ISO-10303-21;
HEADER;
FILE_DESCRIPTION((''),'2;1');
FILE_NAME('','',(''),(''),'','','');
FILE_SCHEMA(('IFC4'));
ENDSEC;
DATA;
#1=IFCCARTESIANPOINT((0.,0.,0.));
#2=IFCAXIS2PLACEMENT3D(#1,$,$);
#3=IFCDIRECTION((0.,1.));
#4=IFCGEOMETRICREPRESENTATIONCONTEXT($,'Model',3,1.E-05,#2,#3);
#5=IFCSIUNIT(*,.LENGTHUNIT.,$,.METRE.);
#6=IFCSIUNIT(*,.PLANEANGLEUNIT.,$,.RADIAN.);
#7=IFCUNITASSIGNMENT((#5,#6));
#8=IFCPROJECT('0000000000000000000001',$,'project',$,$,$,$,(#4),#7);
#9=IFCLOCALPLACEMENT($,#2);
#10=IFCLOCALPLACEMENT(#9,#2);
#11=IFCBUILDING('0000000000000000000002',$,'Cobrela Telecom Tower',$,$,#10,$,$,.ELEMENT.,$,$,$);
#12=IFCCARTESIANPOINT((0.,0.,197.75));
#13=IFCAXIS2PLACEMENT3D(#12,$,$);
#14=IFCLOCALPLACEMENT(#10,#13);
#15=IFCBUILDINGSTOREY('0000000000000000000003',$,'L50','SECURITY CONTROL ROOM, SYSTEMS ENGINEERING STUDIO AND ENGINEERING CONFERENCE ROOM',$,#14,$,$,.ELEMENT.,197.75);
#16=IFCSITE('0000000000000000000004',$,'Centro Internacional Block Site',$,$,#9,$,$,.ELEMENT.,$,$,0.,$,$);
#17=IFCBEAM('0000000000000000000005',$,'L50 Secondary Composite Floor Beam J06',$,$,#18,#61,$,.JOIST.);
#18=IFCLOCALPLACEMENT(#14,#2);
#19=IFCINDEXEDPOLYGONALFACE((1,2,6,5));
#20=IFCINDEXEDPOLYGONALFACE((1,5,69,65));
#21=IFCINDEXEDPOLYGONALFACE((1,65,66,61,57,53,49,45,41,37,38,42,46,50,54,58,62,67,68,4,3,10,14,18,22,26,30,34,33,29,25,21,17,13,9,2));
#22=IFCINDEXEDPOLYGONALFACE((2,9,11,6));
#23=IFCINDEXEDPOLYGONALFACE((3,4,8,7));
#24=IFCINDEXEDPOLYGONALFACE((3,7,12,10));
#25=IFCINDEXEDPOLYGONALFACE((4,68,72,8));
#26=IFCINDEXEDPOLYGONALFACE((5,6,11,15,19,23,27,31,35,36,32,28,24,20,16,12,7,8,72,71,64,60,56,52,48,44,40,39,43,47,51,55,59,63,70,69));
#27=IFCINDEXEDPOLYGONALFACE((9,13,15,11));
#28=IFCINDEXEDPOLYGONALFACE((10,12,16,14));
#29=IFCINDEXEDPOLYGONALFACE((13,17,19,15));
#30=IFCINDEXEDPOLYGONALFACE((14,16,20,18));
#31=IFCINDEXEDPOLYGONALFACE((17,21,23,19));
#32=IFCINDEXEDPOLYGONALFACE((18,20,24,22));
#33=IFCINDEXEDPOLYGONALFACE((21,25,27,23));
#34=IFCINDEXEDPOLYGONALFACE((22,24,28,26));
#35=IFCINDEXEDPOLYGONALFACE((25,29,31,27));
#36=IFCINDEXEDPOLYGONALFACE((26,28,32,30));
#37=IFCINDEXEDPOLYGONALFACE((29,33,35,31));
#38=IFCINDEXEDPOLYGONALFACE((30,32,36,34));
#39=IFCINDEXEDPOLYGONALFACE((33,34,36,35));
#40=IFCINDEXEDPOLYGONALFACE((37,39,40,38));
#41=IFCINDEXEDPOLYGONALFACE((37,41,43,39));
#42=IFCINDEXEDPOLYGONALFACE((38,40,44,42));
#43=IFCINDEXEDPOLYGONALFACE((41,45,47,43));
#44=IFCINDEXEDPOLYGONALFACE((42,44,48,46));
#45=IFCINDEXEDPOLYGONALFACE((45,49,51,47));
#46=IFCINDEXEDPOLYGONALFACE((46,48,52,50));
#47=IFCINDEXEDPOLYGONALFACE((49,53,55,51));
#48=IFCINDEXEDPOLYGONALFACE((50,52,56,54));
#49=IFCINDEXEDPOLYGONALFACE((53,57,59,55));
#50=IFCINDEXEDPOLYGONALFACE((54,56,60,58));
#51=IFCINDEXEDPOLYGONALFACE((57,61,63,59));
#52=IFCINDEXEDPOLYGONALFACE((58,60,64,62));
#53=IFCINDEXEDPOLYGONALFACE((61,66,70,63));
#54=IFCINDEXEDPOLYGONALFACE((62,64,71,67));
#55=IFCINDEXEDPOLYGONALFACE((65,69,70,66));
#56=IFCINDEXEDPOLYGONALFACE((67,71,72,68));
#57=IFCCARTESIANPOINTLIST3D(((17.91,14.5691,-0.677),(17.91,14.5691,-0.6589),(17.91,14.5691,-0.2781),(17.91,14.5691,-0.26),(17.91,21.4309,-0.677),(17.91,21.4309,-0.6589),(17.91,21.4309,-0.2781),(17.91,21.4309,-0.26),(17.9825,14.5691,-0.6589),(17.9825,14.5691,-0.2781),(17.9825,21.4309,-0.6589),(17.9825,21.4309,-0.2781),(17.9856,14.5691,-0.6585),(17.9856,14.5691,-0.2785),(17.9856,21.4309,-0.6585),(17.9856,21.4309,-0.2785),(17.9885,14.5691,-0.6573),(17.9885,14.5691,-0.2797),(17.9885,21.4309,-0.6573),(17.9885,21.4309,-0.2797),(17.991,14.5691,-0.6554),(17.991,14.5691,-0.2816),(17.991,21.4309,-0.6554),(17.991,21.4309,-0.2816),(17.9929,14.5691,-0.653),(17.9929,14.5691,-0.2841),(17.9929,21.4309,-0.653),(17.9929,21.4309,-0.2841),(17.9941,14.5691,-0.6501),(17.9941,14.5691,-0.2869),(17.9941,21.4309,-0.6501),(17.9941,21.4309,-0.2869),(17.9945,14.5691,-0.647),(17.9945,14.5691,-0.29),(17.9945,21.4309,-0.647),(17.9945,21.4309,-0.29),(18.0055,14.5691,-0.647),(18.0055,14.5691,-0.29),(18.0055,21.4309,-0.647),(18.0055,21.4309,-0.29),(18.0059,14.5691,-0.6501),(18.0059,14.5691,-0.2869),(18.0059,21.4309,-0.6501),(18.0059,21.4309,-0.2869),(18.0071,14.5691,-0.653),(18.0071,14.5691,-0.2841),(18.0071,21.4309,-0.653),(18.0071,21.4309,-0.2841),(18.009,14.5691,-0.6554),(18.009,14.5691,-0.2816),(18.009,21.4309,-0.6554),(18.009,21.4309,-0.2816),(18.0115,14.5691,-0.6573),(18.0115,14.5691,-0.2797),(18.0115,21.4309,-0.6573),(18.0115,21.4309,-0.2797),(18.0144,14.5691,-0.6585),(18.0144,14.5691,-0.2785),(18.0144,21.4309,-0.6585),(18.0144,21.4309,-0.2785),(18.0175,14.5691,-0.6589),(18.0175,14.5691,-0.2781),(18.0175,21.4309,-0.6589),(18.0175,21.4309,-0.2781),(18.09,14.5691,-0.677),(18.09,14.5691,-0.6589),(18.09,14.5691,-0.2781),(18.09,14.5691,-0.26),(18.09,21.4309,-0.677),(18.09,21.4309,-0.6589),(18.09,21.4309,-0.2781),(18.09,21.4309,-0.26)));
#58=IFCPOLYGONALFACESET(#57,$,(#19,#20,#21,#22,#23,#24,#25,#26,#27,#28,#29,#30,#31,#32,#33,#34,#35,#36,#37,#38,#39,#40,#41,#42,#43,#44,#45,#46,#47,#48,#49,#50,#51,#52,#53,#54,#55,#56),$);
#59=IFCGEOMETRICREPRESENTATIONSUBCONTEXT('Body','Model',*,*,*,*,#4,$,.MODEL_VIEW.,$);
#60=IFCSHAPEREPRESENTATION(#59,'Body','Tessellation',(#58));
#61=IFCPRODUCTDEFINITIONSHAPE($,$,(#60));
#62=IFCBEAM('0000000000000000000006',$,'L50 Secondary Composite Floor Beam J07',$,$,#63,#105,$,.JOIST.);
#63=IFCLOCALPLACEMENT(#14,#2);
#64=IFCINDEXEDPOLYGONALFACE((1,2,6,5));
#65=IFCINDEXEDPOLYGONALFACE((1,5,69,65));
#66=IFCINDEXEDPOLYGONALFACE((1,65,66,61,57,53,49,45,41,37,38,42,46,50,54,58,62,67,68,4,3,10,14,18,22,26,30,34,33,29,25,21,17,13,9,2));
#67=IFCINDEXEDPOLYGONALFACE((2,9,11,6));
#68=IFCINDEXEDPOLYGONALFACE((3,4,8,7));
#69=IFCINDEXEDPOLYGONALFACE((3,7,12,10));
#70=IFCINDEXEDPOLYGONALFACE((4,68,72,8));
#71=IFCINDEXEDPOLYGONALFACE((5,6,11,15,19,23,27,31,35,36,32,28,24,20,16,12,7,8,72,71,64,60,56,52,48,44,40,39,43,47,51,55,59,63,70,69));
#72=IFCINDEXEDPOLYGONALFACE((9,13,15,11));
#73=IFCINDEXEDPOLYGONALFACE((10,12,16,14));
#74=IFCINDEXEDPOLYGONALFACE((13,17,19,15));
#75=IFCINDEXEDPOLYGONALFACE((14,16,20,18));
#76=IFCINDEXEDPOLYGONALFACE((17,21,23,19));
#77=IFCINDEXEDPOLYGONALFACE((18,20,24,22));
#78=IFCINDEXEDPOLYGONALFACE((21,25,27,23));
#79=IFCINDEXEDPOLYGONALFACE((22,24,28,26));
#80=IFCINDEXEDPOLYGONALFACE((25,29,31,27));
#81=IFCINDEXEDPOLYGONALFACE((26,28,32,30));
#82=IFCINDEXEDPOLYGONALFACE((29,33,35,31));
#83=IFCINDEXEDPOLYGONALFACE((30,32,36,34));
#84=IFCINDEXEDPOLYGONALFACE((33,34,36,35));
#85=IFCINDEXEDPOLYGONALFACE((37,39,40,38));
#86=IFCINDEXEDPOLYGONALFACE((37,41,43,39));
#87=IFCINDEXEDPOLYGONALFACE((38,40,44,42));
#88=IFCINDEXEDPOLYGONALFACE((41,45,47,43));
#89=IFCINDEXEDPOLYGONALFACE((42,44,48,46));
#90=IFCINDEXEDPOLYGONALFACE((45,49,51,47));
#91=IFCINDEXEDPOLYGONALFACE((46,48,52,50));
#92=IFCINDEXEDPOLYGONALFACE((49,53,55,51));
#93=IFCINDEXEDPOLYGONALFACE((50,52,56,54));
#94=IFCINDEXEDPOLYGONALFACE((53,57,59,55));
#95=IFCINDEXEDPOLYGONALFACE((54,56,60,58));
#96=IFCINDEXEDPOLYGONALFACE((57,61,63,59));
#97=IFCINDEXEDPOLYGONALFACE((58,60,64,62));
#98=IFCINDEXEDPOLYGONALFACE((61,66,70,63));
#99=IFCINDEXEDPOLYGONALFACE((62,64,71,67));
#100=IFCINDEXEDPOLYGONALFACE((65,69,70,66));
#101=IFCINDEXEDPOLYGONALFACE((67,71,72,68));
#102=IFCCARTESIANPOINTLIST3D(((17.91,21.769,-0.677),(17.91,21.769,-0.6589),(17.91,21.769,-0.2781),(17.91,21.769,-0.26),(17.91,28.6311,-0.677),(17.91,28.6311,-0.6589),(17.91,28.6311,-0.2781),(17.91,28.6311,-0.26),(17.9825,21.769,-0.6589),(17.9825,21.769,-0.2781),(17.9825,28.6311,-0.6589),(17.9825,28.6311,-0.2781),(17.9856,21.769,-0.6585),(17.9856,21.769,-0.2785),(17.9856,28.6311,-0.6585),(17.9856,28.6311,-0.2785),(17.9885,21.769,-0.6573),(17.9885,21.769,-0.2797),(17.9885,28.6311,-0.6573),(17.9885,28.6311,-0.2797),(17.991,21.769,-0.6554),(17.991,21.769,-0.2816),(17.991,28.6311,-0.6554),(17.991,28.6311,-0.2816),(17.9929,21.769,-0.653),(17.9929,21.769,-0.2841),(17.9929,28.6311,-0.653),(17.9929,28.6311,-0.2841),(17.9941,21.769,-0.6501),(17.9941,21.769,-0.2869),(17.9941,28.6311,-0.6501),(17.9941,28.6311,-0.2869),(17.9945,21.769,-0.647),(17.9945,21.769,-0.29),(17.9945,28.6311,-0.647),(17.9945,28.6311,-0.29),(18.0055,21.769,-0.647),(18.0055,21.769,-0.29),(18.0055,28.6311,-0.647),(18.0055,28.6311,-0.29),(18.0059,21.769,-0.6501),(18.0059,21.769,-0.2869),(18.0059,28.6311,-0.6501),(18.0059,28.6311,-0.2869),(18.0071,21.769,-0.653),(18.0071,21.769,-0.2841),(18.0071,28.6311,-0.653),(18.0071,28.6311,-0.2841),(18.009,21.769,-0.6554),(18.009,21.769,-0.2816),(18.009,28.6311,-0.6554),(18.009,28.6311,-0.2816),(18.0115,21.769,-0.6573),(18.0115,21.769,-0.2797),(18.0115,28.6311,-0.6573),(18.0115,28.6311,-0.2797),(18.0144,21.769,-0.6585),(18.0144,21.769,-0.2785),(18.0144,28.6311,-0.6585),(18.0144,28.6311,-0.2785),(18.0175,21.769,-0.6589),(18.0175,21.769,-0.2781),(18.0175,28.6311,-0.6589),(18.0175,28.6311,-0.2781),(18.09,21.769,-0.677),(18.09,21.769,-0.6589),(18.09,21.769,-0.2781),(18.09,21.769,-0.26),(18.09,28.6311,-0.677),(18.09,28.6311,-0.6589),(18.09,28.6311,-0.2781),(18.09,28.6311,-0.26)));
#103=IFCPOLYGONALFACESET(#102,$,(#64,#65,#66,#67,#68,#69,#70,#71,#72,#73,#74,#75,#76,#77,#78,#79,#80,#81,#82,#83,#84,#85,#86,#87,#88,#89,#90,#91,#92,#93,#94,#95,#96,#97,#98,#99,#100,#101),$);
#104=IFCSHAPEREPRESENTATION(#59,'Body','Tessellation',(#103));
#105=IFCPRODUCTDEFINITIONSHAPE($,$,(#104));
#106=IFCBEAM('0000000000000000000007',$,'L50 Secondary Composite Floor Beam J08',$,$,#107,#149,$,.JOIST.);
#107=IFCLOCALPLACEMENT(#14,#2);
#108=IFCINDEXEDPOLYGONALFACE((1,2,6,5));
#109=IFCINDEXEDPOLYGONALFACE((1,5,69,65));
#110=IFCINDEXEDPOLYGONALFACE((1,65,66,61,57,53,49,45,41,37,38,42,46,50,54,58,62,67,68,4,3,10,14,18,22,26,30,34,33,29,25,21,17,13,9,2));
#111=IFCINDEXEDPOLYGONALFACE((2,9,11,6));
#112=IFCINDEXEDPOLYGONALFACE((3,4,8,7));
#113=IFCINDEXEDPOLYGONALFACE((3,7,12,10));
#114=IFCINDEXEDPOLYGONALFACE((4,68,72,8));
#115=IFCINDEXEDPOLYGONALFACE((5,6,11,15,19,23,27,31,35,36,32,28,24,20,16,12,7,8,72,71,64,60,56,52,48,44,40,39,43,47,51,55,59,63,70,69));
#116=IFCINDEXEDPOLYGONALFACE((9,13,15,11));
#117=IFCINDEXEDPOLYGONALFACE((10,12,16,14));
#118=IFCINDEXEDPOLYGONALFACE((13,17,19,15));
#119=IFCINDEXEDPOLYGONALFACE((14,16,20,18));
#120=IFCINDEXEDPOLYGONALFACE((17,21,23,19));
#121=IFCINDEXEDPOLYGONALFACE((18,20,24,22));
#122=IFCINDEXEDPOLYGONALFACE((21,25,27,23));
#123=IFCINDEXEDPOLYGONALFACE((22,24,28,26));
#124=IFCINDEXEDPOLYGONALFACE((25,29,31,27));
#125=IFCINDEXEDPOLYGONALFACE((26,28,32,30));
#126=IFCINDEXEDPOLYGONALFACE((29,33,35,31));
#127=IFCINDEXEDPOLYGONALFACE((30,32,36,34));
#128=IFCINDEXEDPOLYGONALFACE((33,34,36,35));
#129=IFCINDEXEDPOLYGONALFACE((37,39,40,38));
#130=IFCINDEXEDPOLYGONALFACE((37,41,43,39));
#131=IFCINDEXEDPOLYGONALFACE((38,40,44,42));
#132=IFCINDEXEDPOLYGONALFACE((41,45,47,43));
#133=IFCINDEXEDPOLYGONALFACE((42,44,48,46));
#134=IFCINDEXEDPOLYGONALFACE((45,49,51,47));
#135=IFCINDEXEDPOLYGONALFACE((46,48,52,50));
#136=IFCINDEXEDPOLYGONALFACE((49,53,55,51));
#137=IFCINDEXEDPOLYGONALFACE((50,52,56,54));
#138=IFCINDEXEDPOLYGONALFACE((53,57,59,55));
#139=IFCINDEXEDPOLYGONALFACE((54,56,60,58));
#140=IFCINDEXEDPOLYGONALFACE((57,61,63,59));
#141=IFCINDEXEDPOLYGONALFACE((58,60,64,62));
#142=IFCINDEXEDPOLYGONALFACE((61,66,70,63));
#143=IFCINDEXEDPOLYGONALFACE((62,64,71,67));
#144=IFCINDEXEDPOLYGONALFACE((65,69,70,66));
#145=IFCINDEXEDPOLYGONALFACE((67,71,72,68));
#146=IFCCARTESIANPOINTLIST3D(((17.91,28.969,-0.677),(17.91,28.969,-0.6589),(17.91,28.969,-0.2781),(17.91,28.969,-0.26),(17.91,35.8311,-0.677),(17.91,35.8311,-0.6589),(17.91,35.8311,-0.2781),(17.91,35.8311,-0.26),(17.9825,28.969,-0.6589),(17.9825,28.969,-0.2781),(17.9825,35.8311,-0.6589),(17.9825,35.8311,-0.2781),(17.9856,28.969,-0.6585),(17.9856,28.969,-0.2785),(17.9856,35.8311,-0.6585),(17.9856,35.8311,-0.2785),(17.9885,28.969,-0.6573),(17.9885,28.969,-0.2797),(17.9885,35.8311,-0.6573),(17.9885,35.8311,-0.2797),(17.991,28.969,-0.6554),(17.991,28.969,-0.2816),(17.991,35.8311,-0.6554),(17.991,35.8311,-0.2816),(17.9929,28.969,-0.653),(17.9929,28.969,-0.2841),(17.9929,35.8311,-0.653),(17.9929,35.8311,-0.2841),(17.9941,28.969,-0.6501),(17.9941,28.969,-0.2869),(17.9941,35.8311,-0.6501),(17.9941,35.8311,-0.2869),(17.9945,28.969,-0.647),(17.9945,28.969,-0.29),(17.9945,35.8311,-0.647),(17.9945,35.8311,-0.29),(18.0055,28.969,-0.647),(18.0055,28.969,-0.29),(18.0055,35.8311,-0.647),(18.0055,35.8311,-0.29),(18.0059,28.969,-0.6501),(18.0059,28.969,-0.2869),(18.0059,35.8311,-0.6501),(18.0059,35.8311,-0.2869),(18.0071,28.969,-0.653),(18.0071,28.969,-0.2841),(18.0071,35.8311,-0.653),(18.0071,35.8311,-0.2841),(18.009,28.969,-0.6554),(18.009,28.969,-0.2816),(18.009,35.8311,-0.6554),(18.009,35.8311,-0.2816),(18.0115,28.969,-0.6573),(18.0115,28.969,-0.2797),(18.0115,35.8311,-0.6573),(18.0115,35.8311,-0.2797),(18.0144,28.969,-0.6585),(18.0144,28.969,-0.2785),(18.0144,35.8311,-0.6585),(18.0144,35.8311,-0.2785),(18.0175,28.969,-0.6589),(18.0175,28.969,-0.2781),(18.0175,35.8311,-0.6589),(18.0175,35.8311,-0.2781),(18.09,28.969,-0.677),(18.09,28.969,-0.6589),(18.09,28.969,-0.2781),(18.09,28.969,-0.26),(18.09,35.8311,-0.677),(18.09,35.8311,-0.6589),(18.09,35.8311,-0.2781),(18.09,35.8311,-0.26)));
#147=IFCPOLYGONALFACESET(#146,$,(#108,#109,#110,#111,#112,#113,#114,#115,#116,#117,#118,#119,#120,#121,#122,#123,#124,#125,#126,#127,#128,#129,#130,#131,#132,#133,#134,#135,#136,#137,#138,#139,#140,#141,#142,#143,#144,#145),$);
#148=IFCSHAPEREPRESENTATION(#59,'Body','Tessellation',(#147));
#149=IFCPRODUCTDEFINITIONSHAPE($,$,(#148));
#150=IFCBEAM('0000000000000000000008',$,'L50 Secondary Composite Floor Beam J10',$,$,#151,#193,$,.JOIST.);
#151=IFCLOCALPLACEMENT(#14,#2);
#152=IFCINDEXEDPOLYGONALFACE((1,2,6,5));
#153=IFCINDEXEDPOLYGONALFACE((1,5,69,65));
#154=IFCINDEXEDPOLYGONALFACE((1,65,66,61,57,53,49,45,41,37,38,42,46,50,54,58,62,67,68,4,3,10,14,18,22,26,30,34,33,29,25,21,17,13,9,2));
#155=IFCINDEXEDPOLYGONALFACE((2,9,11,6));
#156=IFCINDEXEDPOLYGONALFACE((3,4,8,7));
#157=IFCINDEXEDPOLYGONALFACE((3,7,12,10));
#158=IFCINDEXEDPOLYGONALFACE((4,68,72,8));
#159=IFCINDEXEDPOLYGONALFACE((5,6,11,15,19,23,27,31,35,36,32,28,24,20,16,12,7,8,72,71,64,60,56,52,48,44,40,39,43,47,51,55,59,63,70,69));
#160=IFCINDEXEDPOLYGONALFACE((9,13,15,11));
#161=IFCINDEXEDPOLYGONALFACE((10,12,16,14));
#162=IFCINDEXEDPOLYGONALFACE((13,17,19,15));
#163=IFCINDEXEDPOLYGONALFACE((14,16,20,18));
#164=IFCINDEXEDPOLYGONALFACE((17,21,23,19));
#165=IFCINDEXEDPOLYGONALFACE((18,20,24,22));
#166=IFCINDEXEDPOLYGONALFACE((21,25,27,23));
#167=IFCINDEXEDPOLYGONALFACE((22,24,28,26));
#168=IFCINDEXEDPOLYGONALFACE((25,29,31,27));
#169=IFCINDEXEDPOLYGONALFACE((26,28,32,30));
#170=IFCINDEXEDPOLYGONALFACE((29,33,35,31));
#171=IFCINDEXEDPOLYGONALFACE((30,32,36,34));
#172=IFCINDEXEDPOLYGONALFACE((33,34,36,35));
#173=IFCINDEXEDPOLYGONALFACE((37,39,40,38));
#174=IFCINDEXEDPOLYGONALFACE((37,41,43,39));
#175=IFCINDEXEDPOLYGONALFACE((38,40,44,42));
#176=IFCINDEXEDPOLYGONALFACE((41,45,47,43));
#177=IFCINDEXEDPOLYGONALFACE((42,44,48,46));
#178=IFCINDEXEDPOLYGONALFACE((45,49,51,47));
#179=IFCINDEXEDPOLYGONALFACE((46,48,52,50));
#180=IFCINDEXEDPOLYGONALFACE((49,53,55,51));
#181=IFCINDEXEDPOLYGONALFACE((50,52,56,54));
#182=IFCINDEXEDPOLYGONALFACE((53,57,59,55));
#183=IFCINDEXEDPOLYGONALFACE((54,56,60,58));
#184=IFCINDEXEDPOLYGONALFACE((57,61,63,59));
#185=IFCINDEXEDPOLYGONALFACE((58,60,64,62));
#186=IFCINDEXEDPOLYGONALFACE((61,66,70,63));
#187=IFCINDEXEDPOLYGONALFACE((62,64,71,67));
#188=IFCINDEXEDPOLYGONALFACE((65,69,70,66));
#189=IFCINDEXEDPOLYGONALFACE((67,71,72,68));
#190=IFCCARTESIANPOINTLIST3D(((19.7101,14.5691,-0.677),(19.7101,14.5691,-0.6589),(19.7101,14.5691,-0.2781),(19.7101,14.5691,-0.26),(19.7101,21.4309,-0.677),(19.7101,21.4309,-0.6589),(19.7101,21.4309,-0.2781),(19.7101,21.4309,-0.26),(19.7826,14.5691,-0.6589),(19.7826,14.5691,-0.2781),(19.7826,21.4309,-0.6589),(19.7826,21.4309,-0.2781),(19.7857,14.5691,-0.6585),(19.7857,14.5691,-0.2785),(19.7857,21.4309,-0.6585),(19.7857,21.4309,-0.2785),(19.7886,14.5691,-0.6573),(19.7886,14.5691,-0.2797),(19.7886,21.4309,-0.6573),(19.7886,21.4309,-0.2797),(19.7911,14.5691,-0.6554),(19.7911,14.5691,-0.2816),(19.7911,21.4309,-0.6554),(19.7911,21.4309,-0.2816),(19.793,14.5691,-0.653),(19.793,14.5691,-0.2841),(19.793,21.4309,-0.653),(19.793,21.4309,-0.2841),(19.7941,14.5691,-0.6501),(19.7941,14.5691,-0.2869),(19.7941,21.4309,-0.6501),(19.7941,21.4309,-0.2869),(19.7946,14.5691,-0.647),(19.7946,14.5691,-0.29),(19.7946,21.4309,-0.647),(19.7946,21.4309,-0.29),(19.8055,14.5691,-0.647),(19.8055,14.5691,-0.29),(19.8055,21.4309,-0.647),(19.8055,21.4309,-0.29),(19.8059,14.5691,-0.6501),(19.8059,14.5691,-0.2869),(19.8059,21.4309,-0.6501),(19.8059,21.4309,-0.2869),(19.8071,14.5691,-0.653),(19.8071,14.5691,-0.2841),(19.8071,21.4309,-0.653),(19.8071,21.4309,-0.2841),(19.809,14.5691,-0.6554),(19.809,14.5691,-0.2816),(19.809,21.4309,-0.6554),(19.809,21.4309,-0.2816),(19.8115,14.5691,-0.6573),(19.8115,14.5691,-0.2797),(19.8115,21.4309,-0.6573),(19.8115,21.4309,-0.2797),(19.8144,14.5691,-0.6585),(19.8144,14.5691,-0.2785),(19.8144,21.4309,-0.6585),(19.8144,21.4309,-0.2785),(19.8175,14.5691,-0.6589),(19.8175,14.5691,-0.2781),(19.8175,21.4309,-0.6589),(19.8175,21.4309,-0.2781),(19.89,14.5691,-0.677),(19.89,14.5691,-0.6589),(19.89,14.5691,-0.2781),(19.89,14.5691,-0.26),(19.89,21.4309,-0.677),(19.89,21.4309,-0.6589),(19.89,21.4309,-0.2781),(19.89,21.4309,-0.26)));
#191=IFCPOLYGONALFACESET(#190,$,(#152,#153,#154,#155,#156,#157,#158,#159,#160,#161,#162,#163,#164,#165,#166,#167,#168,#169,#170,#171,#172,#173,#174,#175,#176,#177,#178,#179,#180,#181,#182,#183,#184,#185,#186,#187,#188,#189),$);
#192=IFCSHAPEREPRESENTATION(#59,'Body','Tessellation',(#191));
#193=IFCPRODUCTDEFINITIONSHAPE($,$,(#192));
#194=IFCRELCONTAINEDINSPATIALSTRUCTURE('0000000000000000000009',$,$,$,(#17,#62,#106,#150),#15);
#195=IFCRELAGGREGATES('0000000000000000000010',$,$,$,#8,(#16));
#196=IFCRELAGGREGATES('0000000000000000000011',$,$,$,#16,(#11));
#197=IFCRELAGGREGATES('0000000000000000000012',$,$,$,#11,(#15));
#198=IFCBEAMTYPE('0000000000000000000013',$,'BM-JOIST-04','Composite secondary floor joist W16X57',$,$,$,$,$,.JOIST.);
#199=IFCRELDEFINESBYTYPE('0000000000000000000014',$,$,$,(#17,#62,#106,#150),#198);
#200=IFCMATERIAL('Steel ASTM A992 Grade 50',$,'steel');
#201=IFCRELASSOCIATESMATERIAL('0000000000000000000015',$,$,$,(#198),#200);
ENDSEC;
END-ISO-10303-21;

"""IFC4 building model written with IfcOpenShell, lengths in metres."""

from ifc_helpers import new_model, si_unit, direction, frame, origin, origin_2d, place, context, subcontext, project, spatial, i_section, extrude, material, material_profile, profile_set, type_object, element, save


model = new_model("IFC4")

# Units and contexts
model_context = context("Model", 3, precision=1e-05, world=origin(), true_north=direction((0.0, 1.0)))
body_context = subcontext(model_context, "Body", "Model", "MODEL_VIEW")
ifc_project = project(units=[si_unit("LENGTHUNIT", "METRE"), si_unit("PLANEANGLEUNIT", "RADIAN")], contexts=[model_context])

# Site, building, storey
site_placement = place(None, origin())
site = spatial("IfcSite", under=ifc_project, at=site_placement, Name="Centro Internacional Block Site", CompositionType="ELEMENT", RefElevation=0.0)
building_placement = place(site_placement, origin())
building = spatial("IfcBuilding", under=site, at=building_placement, Name="Cobrela Telecom Tower", CompositionType="ELEMENT")
storey_placement = place(building_placement, frame((0.0, 0.0, 197.75)))
storey = spatial("IfcBuildingStorey", under=building, at=storey_placement, Name="L50", Description="SECURITY CONTROL ROOM, SYSTEMS ENGINEERING STUDIO AND ENGINEERING CONFERENCE ROOM", CompositionType="ELEMENT", Elevation=197.75)

# Shared definitions
ifc_material_1 = material(Name="Steel ASTM A992 Grade 50", Category="steel")

# Beams
ifc_material_profile_1 = material_profile(ifc_material_1, i_section(OverallWidth=0.1799, OverallDepth=0.417, WebThickness=0.011, FlangeThickness=0.0181, FilletRadius=0.012, at=origin_2d()), Name="W16X57")
ifc_profile_set_1 = profile_set([ifc_material_profile_1], Name="Steel ASTM A992 Grade 50")
beam_type_1 = type_object("IfcBeamType", Name="BM-JOIST-04", Description="Composite secondary floor joist W16X57", PredefinedType="JOIST", material=ifc_profile_set_1)
beam_1_placement = place(storey_placement, frame((18.0, 14.5691, -0.4685), z_axis=(0.0, 1.0, 0.0), x_axis=(-1.0, 0.0, 0.0)))
element("IfcBeam", 1, at=beam_1_placement, inside=storey, type_object=beam_type_1, Name="L50 Secondary Composite Floor Beam J06", PredefinedType="JOIST", context=body_context, shape_type="SweptSolid", body=[
    extrude(i_section(OverallWidth=0.1799, OverallDepth=0.417, WebThickness=0.011, FlangeThickness=0.0181, FilletRadius=0.012, at=origin_2d()), origin(), (0.0, 0.0, 1.0), 6.8618),
])
for number, where, z_axis, x_axis, name in (
    (2, (18.0, 21.769, -0.4685), (0.0, 1.0, 0.0), (-1.0, 0.0, 0.0), "L50 Secondary Composite Floor Beam J07"),
    (3, (18.0, 28.969, -0.4685), (0.0, 1.0, 0.0), (-1.0, 0.0, 0.0), "L50 Secondary Composite Floor Beam J08"),
):
    element("IfcBeam", number, at=place(storey_placement, frame(where, z_axis=z_axis, x_axis=x_axis)), inside=storey, type_object=beam_type_1, Name=name, PredefinedType="JOIST", context=body_context, shape_type="SweptSolid", body=[
        extrude(i_section(OverallWidth=0.1799, OverallDepth=0.417, WebThickness=0.011, FlangeThickness=0.0181, FilletRadius=0.012, at=origin_2d()), origin(), (0.0, 0.0, 1.0), 6.8621),
    ])
beam_2_placement = place(storey_placement, frame((19.8, 14.5691, -0.4685), z_axis=(0.0, 1.0, 0.0), x_axis=(-1.0, 0.0, 0.0)))
element("IfcBeam", 4, at=beam_2_placement, inside=storey, type_object=beam_type_1, Name="L50 Secondary Composite Floor Beam J10", PredefinedType="JOIST", context=body_context, shape_type="SweptSolid", body=[
    extrude(i_section(OverallWidth=0.1799, OverallDepth=0.417, WebThickness=0.011, FlangeThickness=0.0181, FilletRadius=0.012, at=origin_2d()), origin(), (0.0, 0.0, 1.0), 6.8618),
])

save(model, "model.ifc")
